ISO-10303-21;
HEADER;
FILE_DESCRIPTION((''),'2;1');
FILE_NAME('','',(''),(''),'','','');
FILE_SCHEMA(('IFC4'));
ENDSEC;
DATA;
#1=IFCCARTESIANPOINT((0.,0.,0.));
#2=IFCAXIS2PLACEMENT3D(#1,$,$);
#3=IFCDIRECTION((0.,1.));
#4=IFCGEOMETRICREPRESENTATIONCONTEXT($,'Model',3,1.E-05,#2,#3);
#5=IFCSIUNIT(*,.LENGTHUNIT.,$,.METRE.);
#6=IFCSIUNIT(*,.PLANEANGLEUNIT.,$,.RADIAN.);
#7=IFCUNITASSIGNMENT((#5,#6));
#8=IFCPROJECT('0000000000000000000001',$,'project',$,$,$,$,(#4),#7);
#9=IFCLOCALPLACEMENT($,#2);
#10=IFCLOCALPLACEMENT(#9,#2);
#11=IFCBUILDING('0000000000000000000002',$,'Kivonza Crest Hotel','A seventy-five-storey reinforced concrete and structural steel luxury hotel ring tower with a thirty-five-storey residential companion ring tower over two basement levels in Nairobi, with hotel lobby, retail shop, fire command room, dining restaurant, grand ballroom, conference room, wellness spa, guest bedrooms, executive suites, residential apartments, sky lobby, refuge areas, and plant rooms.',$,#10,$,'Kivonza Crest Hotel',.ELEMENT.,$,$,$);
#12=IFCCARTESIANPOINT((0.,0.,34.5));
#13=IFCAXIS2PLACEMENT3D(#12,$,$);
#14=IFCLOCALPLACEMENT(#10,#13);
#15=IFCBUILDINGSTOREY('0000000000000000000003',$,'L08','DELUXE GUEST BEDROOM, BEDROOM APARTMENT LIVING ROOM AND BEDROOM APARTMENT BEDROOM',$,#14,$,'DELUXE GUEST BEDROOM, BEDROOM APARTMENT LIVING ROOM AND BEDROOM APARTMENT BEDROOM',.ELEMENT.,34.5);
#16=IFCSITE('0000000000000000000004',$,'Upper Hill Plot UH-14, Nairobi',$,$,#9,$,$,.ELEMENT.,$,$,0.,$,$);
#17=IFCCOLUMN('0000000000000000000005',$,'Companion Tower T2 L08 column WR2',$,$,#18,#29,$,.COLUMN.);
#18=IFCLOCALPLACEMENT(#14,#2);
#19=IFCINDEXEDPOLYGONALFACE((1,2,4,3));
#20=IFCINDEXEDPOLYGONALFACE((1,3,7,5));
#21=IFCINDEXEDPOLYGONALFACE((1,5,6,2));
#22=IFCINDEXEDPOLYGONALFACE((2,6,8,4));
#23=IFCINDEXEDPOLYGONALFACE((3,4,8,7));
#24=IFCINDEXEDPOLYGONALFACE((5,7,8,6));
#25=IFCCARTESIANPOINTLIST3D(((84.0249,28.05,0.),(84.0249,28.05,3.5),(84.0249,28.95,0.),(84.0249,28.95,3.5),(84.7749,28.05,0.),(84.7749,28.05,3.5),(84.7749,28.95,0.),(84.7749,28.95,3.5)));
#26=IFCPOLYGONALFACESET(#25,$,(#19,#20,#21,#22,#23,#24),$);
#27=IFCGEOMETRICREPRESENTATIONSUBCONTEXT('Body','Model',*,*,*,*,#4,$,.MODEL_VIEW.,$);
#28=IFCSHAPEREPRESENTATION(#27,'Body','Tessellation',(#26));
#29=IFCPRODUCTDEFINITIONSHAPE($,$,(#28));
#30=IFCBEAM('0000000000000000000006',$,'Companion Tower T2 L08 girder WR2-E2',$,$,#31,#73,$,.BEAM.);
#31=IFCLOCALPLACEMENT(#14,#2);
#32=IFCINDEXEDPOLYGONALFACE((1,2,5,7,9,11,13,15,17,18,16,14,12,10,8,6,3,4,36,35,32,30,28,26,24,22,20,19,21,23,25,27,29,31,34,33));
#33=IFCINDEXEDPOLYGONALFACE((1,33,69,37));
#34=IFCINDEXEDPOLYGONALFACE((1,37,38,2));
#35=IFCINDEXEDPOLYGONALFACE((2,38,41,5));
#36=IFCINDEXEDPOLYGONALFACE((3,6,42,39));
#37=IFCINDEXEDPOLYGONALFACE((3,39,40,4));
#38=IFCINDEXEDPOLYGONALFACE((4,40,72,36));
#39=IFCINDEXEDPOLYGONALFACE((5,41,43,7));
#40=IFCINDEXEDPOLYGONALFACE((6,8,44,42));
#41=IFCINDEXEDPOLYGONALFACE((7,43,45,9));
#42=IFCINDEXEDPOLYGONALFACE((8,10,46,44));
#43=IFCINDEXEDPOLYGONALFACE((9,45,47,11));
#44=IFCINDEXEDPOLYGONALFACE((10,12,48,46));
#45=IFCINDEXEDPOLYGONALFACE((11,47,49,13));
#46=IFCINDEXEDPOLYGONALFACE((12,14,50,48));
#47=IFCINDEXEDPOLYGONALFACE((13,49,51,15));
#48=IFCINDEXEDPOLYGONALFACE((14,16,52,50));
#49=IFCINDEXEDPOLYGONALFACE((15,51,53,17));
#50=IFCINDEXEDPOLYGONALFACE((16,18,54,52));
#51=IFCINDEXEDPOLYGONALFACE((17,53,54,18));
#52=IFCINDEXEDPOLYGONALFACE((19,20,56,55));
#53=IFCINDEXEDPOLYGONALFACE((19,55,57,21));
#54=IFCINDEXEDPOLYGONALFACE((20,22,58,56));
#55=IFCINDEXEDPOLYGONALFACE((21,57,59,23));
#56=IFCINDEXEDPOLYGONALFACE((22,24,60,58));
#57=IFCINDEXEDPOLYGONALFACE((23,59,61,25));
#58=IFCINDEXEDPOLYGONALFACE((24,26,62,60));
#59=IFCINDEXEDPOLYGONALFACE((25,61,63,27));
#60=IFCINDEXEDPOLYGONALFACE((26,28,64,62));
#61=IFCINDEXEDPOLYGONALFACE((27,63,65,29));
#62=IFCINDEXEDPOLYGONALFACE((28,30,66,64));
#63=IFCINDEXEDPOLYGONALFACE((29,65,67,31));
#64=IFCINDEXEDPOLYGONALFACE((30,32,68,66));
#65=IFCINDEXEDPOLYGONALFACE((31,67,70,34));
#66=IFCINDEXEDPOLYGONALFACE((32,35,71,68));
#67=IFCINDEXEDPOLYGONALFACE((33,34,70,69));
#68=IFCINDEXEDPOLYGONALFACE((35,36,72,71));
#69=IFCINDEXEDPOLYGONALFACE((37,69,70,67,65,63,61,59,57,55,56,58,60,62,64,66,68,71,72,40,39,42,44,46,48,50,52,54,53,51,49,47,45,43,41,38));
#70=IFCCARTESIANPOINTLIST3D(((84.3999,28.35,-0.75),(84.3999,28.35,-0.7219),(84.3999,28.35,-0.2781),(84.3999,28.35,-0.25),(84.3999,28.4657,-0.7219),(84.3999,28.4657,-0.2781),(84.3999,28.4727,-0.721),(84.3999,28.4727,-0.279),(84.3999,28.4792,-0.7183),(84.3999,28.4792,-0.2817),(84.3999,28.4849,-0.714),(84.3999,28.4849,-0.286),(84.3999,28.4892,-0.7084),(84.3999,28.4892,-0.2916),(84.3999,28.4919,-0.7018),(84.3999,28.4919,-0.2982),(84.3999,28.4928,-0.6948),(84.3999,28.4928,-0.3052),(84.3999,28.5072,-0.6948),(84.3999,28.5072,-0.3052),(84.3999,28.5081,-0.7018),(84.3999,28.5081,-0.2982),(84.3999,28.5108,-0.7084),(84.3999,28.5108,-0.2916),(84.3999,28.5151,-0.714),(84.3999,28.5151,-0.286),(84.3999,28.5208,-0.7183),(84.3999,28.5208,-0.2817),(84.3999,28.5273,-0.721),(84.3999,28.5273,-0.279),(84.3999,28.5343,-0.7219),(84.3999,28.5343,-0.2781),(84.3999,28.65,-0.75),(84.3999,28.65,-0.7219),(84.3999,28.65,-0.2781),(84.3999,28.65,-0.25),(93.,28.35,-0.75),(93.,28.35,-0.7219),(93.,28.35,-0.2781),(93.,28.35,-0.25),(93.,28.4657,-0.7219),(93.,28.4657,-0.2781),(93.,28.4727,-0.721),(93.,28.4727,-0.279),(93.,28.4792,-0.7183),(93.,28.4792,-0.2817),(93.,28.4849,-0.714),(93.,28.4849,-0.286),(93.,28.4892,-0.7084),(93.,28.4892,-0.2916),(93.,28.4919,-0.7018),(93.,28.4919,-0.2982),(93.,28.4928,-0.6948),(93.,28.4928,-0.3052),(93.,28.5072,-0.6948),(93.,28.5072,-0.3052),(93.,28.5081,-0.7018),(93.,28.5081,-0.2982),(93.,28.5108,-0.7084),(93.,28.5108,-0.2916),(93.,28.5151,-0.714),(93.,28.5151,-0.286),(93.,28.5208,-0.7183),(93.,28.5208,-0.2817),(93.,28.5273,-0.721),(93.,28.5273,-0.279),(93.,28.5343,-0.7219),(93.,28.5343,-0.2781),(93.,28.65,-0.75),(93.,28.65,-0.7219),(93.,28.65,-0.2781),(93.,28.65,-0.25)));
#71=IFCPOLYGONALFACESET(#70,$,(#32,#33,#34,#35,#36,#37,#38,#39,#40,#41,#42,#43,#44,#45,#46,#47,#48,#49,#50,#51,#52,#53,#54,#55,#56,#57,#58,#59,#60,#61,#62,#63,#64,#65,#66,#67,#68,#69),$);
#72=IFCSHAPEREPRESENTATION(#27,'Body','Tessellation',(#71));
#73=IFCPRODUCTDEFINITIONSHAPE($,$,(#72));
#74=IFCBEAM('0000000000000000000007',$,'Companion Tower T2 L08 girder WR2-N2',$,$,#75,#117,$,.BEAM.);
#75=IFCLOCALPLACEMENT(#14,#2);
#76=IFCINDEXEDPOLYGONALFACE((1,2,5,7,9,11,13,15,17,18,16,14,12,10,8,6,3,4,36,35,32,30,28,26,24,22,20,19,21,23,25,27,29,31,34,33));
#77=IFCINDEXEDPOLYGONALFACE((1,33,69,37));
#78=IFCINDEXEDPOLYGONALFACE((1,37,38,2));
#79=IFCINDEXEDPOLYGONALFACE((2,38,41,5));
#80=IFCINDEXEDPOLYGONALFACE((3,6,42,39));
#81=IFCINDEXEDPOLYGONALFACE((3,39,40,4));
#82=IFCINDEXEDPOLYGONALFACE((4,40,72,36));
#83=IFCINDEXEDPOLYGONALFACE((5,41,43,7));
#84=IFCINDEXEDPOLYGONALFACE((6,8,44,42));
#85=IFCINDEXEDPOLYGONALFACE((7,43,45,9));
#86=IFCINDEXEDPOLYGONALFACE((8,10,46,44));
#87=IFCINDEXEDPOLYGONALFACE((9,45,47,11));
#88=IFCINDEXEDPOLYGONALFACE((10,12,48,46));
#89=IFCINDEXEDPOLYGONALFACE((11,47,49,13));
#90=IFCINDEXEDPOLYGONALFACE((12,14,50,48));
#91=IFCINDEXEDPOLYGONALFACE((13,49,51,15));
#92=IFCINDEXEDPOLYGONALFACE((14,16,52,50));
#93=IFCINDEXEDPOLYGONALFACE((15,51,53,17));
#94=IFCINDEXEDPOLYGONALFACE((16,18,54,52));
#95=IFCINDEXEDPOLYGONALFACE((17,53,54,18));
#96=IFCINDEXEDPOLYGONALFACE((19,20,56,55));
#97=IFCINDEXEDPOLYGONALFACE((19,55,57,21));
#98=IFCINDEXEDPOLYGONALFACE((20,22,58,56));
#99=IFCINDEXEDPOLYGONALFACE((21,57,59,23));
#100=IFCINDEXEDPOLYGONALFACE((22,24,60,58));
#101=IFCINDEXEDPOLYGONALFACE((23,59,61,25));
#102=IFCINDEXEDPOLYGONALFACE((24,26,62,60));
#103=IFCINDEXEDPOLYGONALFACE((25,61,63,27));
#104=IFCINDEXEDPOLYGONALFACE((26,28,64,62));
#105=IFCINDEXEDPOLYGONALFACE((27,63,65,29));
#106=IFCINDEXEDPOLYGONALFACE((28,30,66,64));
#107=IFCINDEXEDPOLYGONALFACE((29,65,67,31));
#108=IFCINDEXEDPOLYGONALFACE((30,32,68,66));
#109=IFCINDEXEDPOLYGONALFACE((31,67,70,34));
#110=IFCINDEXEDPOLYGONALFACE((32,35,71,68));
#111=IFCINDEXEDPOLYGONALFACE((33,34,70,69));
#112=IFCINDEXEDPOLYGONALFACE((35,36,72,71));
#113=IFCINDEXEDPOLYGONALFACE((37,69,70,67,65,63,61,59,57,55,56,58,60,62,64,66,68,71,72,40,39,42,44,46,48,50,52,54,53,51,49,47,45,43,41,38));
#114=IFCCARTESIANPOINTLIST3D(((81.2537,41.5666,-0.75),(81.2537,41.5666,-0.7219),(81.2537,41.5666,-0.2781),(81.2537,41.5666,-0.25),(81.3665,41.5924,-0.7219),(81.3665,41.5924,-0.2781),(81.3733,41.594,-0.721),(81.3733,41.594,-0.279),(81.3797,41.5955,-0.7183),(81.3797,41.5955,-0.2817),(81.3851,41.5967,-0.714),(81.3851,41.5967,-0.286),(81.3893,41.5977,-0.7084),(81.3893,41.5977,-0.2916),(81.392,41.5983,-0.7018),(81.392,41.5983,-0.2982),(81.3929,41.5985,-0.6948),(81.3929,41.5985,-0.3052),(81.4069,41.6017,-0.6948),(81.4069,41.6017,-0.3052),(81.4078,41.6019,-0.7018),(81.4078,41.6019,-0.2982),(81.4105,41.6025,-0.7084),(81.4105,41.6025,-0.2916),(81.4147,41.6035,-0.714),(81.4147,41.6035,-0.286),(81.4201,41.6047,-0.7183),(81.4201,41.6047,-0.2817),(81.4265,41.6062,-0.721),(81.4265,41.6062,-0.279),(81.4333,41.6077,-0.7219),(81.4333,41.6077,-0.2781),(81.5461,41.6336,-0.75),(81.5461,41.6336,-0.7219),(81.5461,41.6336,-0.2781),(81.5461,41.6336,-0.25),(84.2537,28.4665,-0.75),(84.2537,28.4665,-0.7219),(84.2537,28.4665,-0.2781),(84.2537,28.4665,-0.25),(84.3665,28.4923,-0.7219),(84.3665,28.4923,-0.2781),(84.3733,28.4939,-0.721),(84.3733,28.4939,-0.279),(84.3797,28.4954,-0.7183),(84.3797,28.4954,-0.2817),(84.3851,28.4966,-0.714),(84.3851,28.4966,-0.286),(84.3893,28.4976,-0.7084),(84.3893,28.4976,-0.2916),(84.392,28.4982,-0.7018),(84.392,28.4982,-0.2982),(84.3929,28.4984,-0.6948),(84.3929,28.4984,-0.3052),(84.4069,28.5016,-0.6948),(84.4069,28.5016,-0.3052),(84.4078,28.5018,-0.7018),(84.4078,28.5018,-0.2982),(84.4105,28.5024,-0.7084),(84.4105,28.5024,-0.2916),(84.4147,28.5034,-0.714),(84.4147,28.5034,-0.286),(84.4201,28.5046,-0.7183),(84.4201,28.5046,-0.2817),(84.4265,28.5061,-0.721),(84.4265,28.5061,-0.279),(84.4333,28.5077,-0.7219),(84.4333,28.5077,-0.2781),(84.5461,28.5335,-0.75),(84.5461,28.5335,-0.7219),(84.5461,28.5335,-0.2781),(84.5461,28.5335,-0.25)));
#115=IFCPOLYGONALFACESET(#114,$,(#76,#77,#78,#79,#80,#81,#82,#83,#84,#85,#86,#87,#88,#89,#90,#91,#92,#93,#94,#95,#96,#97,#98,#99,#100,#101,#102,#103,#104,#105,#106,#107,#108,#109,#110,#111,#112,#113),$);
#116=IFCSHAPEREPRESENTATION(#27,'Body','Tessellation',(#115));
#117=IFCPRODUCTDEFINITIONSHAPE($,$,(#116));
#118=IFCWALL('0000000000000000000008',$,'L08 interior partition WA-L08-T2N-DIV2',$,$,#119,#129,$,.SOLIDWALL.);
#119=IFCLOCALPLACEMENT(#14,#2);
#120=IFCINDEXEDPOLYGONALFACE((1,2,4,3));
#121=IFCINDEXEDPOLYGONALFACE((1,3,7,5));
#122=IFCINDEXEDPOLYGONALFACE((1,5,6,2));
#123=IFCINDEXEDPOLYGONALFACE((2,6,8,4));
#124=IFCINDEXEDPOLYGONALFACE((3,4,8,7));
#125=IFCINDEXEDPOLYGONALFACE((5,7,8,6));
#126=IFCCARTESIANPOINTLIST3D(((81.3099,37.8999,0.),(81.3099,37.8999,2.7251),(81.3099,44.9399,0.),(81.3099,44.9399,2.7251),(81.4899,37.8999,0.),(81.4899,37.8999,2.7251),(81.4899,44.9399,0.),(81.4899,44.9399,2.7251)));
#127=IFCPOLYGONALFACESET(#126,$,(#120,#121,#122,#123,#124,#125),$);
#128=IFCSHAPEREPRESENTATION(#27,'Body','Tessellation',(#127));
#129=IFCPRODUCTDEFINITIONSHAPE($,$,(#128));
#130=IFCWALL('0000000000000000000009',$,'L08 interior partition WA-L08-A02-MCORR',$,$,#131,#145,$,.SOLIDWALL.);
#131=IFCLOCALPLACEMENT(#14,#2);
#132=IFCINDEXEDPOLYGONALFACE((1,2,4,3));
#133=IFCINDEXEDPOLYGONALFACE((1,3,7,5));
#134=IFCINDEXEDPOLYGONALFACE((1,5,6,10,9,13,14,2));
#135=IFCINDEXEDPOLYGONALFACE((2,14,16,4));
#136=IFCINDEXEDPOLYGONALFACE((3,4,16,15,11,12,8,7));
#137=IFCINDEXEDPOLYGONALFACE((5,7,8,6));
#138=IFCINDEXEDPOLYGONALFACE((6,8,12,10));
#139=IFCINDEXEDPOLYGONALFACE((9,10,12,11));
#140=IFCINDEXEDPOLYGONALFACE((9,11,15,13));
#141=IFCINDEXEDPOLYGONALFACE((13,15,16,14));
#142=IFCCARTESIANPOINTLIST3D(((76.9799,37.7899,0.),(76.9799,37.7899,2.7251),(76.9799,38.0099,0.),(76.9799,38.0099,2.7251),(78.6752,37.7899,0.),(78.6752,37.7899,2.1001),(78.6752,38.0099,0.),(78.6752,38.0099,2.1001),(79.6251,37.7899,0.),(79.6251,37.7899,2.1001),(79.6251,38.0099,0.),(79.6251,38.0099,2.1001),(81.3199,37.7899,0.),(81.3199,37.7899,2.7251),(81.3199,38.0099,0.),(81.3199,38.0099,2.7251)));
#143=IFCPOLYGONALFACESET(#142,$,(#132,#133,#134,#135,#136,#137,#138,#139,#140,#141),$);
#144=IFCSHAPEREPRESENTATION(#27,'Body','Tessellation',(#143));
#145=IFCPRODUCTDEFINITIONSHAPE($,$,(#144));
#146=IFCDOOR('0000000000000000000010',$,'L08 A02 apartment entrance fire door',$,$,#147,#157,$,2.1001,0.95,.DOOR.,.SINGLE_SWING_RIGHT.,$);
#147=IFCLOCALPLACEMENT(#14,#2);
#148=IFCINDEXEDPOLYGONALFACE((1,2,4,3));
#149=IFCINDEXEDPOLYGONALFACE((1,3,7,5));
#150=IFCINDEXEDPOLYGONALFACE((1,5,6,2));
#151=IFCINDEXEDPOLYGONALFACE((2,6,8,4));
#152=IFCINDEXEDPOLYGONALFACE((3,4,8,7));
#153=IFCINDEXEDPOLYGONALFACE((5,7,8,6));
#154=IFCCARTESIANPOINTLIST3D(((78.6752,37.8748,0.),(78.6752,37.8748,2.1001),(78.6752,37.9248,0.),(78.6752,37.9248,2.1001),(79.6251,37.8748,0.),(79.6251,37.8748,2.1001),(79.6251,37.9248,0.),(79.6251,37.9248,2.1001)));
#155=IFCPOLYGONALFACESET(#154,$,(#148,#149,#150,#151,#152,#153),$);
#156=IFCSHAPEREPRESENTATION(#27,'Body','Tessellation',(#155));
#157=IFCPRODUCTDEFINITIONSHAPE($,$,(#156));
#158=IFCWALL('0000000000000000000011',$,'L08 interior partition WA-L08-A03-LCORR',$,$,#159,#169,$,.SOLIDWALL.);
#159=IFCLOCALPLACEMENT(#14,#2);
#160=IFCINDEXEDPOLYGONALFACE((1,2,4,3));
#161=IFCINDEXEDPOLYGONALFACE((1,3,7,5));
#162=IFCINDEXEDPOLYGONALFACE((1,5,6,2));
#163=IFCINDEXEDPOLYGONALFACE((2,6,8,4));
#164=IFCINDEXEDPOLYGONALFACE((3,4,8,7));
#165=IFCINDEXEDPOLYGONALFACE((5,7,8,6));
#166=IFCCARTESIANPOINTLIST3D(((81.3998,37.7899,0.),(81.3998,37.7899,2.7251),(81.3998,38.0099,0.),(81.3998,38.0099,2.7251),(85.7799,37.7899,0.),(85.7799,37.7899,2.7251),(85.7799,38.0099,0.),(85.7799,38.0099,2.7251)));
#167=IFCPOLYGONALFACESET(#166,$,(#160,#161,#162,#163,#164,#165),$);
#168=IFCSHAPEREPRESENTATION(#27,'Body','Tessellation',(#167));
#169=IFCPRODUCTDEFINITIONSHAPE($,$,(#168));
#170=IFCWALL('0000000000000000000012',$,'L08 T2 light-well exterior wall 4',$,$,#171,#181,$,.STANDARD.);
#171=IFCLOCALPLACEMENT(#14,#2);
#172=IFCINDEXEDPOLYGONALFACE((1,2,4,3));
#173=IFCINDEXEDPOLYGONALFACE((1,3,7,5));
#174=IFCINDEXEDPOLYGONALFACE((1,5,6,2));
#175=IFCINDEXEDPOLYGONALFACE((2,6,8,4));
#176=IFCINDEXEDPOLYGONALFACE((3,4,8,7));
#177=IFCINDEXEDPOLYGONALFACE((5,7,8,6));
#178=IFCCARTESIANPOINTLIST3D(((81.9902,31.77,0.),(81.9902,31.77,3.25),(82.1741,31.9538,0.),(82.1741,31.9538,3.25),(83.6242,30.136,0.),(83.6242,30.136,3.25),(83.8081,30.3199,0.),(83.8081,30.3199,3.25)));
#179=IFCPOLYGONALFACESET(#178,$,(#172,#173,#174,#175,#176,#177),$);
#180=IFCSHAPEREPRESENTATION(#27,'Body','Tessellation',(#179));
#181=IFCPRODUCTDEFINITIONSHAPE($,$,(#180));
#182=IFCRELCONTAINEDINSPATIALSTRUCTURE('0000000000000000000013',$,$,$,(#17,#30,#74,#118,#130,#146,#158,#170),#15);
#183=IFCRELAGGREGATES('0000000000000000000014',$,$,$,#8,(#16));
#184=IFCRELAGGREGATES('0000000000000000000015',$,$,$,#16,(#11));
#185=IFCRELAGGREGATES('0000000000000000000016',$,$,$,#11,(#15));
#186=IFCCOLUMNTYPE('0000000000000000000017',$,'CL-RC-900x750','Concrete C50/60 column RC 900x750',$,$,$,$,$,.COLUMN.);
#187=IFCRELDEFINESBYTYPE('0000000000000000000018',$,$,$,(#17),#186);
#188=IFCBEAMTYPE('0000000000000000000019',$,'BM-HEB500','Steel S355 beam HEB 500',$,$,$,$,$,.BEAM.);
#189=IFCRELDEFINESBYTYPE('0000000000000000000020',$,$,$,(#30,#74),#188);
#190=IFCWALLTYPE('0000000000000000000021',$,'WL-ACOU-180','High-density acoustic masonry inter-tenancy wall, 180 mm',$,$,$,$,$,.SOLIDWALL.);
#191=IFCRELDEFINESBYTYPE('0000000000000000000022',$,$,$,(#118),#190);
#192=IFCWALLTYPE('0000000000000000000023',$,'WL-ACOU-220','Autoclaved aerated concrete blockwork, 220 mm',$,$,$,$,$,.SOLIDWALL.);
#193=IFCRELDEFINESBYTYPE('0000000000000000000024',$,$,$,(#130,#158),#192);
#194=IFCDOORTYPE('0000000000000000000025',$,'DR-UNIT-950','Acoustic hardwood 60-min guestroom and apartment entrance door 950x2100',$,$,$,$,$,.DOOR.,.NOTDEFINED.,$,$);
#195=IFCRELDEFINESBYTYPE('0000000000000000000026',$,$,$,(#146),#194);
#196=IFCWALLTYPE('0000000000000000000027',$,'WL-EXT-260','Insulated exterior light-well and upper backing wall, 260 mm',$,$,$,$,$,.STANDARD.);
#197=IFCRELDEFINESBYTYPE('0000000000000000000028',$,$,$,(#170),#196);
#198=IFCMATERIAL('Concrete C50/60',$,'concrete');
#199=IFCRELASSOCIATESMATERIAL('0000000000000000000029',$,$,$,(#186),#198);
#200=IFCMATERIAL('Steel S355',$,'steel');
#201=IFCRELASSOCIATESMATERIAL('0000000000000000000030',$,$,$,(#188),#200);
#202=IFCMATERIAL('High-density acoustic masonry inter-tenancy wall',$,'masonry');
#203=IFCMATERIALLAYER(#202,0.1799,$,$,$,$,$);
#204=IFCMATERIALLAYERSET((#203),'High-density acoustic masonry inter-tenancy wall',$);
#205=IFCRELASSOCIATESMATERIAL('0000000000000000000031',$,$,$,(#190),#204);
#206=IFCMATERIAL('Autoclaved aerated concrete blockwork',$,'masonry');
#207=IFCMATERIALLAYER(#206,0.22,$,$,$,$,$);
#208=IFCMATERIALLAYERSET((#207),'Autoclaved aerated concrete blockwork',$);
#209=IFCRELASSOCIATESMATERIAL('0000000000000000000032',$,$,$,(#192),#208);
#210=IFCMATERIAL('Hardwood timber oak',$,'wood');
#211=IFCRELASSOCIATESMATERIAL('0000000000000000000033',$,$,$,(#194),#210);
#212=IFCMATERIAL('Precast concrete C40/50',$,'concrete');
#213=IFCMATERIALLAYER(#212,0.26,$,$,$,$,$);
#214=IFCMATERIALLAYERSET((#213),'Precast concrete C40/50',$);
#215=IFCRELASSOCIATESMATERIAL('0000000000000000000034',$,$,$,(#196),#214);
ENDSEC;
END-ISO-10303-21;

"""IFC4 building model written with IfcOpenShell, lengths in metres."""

from ifc_helpers import new_model, si_unit, direction, frame, frame_2d, origin, origin_2d, place, context, subcontext, project, spatial, rectangle, i_section, extrude, material, layer, layer_set, material_profile, profile_set, type_object, element, fill, save


model = new_model("IFC4")

# Units and contexts
model_context = context("Model", 3, precision=1e-05, world=origin(), true_north=direction((0.0, 1.0)))
body_context = subcontext(model_context, "Body", "Model", "MODEL_VIEW")
ifc_project = project(units=[si_unit("LENGTHUNIT", "METRE"), si_unit("PLANEANGLEUNIT", "RADIAN")], contexts=[model_context])

# Site, building, storey
site_placement = place(None, origin())
site = spatial("IfcSite", under=ifc_project, at=site_placement, Name="Upper Hill Plot UH-14, Nairobi", CompositionType="ELEMENT", RefElevation=0.0)
building_placement = place(site_placement, origin())
building = spatial("IfcBuilding", under=site, at=building_placement, Name="Kivonza Crest Hotel", Description="A seventy-five-storey reinforced concrete and structural steel luxury hotel ring tower with a thirty-five-storey residential companion ring tower over two basement levels in Nairobi, with hotel lobby, retail shop, fire command room, dining restaurant, grand ballroom, conference room, wellness spa, guest bedrooms, executive suites, residential apartments, sky lobby, refuge areas, and plant rooms.", LongName="Kivonza Crest Hotel", CompositionType="ELEMENT")
storey_placement = place(building_placement, frame((0.0, 0.0, 34.5)))
storey = spatial("IfcBuildingStorey", under=building, at=storey_placement, Name="L08", Description="DELUXE GUEST BEDROOM, BEDROOM APARTMENT LIVING ROOM AND BEDROOM APARTMENT BEDROOM", LongName="DELUXE GUEST BEDROOM, BEDROOM APARTMENT LIVING ROOM AND BEDROOM APARTMENT BEDROOM", CompositionType="ELEMENT", Elevation=34.5)

# Column
ifc_material_1 = material(Name="Concrete C50/60", Category="concrete")
ifc_material_profile_1 = material_profile(ifc_material_1, rectangle(XDim=0.75, YDim=0.8999, at=origin_2d()), Name="RC 900x750")
ifc_profile_set_1 = profile_set([ifc_material_profile_1], Name="Concrete C50/60")
column_type = type_object("IfcColumnType", Name="CL-RC-900x750", Description="Concrete C50/60 column RC 900x750", PredefinedType="COLUMN", material=ifc_profile_set_1)
column_placement = place(storey_placement, frame((84.3999, 28.5, 0.0), z_axis=(0.0, 0.0, 1.0), x_axis=(1.0, 0.0, 0.0)))
element("IfcColumn", 1, at=column_placement, inside=storey, type_object=column_type, Name="Companion Tower T2 L08 column WR2", PredefinedType="COLUMN", context=body_context, shape_type="SweptSolid", body=[
    extrude(rectangle(XDim=0.75, YDim=0.8999, at=origin_2d()), origin(), (0.0, 0.0, 1.0), 3.5),
])

# Beams
ifc_material_2 = material(Name="Steel S355", Category="steel")
ifc_material_profile_2 = material_profile(ifc_material_2, i_section(OverallWidth=0.3, OverallDepth=0.5, WebThickness=0.0144, FlangeThickness=0.0281, FilletRadius=0.0271, at=origin_2d()), Name="HEB 500")
ifc_profile_set_2 = profile_set([ifc_material_profile_2], Name="Steel S355")
beam_type = type_object("IfcBeamType", Name="BM-HEB500", Description="Steel S355 beam HEB 500", PredefinedType="BEAM", material=ifc_profile_set_2)
beam_1_placement = place(storey_placement, frame((84.3999, 28.5, -0.5), z_axis=(1.0, 0.0, 0.0), x_axis=(0.0, 1.0, 0.0)))
element("IfcBeam", 2, at=beam_1_placement, inside=storey, type_object=beam_type, Name="Companion Tower T2 L08 girder WR2-E2", PredefinedType="BEAM", context=body_context, shape_type="SweptSolid", body=[
    extrude(i_section(OverallWidth=0.3, OverallDepth=0.5, WebThickness=0.0144, FlangeThickness=0.0281, FilletRadius=0.0271, at=origin_2d()), origin(), (0.0, 0.0, 1.0), 8.6001),
])
beam_2_placement = place(storey_placement, frame((84.3999, 28.5, -0.5), z_axis=(-0.223227, 0.974766, 0.0), x_axis=(-0.974766, -0.223227, 0.0)))
element("IfcBeam", 3, at=beam_2_placement, inside=storey, type_object=beam_type, Name="Companion Tower T2 L08 girder WR2-N2", PredefinedType="BEAM", context=body_context, shape_type="SweptSolid", body=[
    extrude(i_section(OverallWidth=0.3, OverallDepth=0.5, WebThickness=0.0144, FlangeThickness=0.0281, FilletRadius=0.0271, at=origin_2d()), origin(), (0.0, 0.0, 1.0), 13.4392),
])

# Wall
ifc_material_3 = material(Name="High-density acoustic masonry inter-tenancy wall", Category="masonry")
ifc_layer_1 = layer(ifc_material_3, 0.1799)
ifc_layer_set_1 = layer_set([ifc_layer_1], Name="High-density acoustic masonry inter-tenancy wall")
wall_type_1 = type_object("IfcWallType", Name="WL-ACOU-180", Description="High-density acoustic masonry inter-tenancy wall, 180 mm", PredefinedType="SOLIDWALL", material=ifc_layer_set_1)
wall_1_placement = place(storey_placement, frame((81.3999, 37.8999, 0.0), z_axis=(0.0, 0.0, 1.0), x_axis=(0.0, 1.0, 0.0)))
element("IfcWall", 4, at=wall_1_placement, inside=storey, type_object=wall_type_1, Name="L08 interior partition WA-L08-T2N-DIV2", PredefinedType="SOLIDWALL", context=body_context, shape_type="SweptSolid", body=[
    extrude(rectangle(XDim=7.04, YDim=0.1799, at=frame_2d((3.52, 0.0))), origin(), (0.0, 0.0, 1.0), 2.7251),
])

# Wall, opening, door
ifc_material_4 = material(Name="Autoclaved aerated concrete blockwork", Category="masonry")
ifc_layer_2 = layer(ifc_material_4, 0.22)
ifc_layer_set_2 = layer_set([ifc_layer_2], Name="Autoclaved aerated concrete blockwork")
wall_type_2 = type_object("IfcWallType", Name="WL-ACOU-220", Description="Autoclaved aerated concrete blockwork, 220 mm", PredefinedType="SOLIDWALL", material=ifc_layer_set_2)
wall_2_placement = place(storey_placement, frame((76.98, 37.8999, 0.0), z_axis=(0.0, 0.0, 1.0), x_axis=(1.0, 0.0, 0.0)))
wall_2 = element("IfcWall", 5, at=wall_2_placement, inside=storey, type_object=wall_type_2, Name="L08 interior partition WA-L08-A02-MCORR", PredefinedType="SOLIDWALL", context=body_context, shape_type="SweptSolid", body=[
    extrude(rectangle(XDim=4.3401, YDim=0.22, at=frame_2d((2.1699, 0.0))), origin(), (0.0, 0.0, 1.0), 2.7251),
])
opening_1_placement = place(wall_2_placement, frame((1.6951, 0.0, 0.0)))
opening_1 = element("IfcOpeningElement", 6, at=opening_1_placement, cuts=wall_2, PredefinedType="OPENING", context=body_context, shape_type="SweptSolid", body=[
    extrude(rectangle(XDim=0.95, YDim=2.1001, at=frame_2d((0.4751, 1.05))), frame((0.0, 0.1201, 0.0), z_axis=(0.0, -1.0, 0.0), x_axis=(1.0, 0.0, 0.0)), (0.0, 0.0, 1.0), 0.24),
])
ifc_material_5 = material(Name="Hardwood timber oak", Category="wood")
door_type_1 = type_object("IfcDoorType", Name="DR-UNIT-950", Description="Acoustic hardwood 60-min guestroom and apartment entrance door 950x2100", OperationType="NOTDEFINED", PredefinedType="DOOR", material=ifc_material_5)
door_1_placement = place(opening_1_placement, origin())
door_1 = element("IfcDoor", 7, at=door_1_placement, inside=storey, type_object=door_type_1, Name="L08 A02 apartment entrance fire door", OperationType="SINGLE_SWING_RIGHT", OverallHeight=2.1001, OverallWidth=0.95, PredefinedType="DOOR", context=body_context, shape_type="SweptSolid", body=[
    extrude(rectangle(XDim=0.95, YDim=2.1001, at=frame_2d((0.4751, 1.05))), frame((0.0, 0.0249, 0.0), z_axis=(0.0, -1.0, 0.0), x_axis=(1.0, 0.0, 0.0)), (0.0, 0.0, 1.0), 0.05),
])
fill(opening_1, door_1)

# Walls
wall_3_placement = place(storey_placement, frame((81.3999, 37.8999, 0.0), z_axis=(0.0, 0.0, 1.0), x_axis=(1.0, 0.0, 0.0)))
element("IfcWall", 8, at=wall_3_placement, inside=storey, type_object=wall_type_2, Name="L08 interior partition WA-L08-A03-LCORR", PredefinedType="SOLIDWALL", context=body_context, shape_type="SweptSolid", body=[
    extrude(rectangle(XDim=4.3801, YDim=0.22, at=frame_2d((2.1899, 0.0))), origin(), (0.0, 0.0, 1.0), 2.7251),
])
ifc_material_6 = material(Name="Precast concrete C40/50", Category="concrete")
ifc_layer_3 = layer(ifc_material_6, 0.26)
ifc_layer_set_3 = layer_set([ifc_layer_3], Name="Precast concrete C40/50")
wall_type_3 = type_object("IfcWallType", Name="WL-EXT-260", Description="Insulated exterior light-well and upper backing wall, 260 mm", PredefinedType="STANDARD", material=ifc_layer_set_3)
wall_4_placement = place(storey_placement, frame((83.7161, 30.228, 0.0), z_axis=(0.0, 0.0, 1.0), x_axis=(-0.707107, 0.707107, 0.0)))
element("IfcWall", 9, at=wall_4_placement, inside=storey, type_object=wall_type_3, Name="L08 T2 light-well exterior wall 4", PredefinedType="STANDARD", context=body_context, shape_type="SweptSolid", body=[
    extrude(rectangle(XDim=2.3108, YDim=0.26, at=frame_2d((1.1553, 0.0))), origin(), (0.0, 0.0, 1.0), 3.25),
])

save(model, "model.ifc")
